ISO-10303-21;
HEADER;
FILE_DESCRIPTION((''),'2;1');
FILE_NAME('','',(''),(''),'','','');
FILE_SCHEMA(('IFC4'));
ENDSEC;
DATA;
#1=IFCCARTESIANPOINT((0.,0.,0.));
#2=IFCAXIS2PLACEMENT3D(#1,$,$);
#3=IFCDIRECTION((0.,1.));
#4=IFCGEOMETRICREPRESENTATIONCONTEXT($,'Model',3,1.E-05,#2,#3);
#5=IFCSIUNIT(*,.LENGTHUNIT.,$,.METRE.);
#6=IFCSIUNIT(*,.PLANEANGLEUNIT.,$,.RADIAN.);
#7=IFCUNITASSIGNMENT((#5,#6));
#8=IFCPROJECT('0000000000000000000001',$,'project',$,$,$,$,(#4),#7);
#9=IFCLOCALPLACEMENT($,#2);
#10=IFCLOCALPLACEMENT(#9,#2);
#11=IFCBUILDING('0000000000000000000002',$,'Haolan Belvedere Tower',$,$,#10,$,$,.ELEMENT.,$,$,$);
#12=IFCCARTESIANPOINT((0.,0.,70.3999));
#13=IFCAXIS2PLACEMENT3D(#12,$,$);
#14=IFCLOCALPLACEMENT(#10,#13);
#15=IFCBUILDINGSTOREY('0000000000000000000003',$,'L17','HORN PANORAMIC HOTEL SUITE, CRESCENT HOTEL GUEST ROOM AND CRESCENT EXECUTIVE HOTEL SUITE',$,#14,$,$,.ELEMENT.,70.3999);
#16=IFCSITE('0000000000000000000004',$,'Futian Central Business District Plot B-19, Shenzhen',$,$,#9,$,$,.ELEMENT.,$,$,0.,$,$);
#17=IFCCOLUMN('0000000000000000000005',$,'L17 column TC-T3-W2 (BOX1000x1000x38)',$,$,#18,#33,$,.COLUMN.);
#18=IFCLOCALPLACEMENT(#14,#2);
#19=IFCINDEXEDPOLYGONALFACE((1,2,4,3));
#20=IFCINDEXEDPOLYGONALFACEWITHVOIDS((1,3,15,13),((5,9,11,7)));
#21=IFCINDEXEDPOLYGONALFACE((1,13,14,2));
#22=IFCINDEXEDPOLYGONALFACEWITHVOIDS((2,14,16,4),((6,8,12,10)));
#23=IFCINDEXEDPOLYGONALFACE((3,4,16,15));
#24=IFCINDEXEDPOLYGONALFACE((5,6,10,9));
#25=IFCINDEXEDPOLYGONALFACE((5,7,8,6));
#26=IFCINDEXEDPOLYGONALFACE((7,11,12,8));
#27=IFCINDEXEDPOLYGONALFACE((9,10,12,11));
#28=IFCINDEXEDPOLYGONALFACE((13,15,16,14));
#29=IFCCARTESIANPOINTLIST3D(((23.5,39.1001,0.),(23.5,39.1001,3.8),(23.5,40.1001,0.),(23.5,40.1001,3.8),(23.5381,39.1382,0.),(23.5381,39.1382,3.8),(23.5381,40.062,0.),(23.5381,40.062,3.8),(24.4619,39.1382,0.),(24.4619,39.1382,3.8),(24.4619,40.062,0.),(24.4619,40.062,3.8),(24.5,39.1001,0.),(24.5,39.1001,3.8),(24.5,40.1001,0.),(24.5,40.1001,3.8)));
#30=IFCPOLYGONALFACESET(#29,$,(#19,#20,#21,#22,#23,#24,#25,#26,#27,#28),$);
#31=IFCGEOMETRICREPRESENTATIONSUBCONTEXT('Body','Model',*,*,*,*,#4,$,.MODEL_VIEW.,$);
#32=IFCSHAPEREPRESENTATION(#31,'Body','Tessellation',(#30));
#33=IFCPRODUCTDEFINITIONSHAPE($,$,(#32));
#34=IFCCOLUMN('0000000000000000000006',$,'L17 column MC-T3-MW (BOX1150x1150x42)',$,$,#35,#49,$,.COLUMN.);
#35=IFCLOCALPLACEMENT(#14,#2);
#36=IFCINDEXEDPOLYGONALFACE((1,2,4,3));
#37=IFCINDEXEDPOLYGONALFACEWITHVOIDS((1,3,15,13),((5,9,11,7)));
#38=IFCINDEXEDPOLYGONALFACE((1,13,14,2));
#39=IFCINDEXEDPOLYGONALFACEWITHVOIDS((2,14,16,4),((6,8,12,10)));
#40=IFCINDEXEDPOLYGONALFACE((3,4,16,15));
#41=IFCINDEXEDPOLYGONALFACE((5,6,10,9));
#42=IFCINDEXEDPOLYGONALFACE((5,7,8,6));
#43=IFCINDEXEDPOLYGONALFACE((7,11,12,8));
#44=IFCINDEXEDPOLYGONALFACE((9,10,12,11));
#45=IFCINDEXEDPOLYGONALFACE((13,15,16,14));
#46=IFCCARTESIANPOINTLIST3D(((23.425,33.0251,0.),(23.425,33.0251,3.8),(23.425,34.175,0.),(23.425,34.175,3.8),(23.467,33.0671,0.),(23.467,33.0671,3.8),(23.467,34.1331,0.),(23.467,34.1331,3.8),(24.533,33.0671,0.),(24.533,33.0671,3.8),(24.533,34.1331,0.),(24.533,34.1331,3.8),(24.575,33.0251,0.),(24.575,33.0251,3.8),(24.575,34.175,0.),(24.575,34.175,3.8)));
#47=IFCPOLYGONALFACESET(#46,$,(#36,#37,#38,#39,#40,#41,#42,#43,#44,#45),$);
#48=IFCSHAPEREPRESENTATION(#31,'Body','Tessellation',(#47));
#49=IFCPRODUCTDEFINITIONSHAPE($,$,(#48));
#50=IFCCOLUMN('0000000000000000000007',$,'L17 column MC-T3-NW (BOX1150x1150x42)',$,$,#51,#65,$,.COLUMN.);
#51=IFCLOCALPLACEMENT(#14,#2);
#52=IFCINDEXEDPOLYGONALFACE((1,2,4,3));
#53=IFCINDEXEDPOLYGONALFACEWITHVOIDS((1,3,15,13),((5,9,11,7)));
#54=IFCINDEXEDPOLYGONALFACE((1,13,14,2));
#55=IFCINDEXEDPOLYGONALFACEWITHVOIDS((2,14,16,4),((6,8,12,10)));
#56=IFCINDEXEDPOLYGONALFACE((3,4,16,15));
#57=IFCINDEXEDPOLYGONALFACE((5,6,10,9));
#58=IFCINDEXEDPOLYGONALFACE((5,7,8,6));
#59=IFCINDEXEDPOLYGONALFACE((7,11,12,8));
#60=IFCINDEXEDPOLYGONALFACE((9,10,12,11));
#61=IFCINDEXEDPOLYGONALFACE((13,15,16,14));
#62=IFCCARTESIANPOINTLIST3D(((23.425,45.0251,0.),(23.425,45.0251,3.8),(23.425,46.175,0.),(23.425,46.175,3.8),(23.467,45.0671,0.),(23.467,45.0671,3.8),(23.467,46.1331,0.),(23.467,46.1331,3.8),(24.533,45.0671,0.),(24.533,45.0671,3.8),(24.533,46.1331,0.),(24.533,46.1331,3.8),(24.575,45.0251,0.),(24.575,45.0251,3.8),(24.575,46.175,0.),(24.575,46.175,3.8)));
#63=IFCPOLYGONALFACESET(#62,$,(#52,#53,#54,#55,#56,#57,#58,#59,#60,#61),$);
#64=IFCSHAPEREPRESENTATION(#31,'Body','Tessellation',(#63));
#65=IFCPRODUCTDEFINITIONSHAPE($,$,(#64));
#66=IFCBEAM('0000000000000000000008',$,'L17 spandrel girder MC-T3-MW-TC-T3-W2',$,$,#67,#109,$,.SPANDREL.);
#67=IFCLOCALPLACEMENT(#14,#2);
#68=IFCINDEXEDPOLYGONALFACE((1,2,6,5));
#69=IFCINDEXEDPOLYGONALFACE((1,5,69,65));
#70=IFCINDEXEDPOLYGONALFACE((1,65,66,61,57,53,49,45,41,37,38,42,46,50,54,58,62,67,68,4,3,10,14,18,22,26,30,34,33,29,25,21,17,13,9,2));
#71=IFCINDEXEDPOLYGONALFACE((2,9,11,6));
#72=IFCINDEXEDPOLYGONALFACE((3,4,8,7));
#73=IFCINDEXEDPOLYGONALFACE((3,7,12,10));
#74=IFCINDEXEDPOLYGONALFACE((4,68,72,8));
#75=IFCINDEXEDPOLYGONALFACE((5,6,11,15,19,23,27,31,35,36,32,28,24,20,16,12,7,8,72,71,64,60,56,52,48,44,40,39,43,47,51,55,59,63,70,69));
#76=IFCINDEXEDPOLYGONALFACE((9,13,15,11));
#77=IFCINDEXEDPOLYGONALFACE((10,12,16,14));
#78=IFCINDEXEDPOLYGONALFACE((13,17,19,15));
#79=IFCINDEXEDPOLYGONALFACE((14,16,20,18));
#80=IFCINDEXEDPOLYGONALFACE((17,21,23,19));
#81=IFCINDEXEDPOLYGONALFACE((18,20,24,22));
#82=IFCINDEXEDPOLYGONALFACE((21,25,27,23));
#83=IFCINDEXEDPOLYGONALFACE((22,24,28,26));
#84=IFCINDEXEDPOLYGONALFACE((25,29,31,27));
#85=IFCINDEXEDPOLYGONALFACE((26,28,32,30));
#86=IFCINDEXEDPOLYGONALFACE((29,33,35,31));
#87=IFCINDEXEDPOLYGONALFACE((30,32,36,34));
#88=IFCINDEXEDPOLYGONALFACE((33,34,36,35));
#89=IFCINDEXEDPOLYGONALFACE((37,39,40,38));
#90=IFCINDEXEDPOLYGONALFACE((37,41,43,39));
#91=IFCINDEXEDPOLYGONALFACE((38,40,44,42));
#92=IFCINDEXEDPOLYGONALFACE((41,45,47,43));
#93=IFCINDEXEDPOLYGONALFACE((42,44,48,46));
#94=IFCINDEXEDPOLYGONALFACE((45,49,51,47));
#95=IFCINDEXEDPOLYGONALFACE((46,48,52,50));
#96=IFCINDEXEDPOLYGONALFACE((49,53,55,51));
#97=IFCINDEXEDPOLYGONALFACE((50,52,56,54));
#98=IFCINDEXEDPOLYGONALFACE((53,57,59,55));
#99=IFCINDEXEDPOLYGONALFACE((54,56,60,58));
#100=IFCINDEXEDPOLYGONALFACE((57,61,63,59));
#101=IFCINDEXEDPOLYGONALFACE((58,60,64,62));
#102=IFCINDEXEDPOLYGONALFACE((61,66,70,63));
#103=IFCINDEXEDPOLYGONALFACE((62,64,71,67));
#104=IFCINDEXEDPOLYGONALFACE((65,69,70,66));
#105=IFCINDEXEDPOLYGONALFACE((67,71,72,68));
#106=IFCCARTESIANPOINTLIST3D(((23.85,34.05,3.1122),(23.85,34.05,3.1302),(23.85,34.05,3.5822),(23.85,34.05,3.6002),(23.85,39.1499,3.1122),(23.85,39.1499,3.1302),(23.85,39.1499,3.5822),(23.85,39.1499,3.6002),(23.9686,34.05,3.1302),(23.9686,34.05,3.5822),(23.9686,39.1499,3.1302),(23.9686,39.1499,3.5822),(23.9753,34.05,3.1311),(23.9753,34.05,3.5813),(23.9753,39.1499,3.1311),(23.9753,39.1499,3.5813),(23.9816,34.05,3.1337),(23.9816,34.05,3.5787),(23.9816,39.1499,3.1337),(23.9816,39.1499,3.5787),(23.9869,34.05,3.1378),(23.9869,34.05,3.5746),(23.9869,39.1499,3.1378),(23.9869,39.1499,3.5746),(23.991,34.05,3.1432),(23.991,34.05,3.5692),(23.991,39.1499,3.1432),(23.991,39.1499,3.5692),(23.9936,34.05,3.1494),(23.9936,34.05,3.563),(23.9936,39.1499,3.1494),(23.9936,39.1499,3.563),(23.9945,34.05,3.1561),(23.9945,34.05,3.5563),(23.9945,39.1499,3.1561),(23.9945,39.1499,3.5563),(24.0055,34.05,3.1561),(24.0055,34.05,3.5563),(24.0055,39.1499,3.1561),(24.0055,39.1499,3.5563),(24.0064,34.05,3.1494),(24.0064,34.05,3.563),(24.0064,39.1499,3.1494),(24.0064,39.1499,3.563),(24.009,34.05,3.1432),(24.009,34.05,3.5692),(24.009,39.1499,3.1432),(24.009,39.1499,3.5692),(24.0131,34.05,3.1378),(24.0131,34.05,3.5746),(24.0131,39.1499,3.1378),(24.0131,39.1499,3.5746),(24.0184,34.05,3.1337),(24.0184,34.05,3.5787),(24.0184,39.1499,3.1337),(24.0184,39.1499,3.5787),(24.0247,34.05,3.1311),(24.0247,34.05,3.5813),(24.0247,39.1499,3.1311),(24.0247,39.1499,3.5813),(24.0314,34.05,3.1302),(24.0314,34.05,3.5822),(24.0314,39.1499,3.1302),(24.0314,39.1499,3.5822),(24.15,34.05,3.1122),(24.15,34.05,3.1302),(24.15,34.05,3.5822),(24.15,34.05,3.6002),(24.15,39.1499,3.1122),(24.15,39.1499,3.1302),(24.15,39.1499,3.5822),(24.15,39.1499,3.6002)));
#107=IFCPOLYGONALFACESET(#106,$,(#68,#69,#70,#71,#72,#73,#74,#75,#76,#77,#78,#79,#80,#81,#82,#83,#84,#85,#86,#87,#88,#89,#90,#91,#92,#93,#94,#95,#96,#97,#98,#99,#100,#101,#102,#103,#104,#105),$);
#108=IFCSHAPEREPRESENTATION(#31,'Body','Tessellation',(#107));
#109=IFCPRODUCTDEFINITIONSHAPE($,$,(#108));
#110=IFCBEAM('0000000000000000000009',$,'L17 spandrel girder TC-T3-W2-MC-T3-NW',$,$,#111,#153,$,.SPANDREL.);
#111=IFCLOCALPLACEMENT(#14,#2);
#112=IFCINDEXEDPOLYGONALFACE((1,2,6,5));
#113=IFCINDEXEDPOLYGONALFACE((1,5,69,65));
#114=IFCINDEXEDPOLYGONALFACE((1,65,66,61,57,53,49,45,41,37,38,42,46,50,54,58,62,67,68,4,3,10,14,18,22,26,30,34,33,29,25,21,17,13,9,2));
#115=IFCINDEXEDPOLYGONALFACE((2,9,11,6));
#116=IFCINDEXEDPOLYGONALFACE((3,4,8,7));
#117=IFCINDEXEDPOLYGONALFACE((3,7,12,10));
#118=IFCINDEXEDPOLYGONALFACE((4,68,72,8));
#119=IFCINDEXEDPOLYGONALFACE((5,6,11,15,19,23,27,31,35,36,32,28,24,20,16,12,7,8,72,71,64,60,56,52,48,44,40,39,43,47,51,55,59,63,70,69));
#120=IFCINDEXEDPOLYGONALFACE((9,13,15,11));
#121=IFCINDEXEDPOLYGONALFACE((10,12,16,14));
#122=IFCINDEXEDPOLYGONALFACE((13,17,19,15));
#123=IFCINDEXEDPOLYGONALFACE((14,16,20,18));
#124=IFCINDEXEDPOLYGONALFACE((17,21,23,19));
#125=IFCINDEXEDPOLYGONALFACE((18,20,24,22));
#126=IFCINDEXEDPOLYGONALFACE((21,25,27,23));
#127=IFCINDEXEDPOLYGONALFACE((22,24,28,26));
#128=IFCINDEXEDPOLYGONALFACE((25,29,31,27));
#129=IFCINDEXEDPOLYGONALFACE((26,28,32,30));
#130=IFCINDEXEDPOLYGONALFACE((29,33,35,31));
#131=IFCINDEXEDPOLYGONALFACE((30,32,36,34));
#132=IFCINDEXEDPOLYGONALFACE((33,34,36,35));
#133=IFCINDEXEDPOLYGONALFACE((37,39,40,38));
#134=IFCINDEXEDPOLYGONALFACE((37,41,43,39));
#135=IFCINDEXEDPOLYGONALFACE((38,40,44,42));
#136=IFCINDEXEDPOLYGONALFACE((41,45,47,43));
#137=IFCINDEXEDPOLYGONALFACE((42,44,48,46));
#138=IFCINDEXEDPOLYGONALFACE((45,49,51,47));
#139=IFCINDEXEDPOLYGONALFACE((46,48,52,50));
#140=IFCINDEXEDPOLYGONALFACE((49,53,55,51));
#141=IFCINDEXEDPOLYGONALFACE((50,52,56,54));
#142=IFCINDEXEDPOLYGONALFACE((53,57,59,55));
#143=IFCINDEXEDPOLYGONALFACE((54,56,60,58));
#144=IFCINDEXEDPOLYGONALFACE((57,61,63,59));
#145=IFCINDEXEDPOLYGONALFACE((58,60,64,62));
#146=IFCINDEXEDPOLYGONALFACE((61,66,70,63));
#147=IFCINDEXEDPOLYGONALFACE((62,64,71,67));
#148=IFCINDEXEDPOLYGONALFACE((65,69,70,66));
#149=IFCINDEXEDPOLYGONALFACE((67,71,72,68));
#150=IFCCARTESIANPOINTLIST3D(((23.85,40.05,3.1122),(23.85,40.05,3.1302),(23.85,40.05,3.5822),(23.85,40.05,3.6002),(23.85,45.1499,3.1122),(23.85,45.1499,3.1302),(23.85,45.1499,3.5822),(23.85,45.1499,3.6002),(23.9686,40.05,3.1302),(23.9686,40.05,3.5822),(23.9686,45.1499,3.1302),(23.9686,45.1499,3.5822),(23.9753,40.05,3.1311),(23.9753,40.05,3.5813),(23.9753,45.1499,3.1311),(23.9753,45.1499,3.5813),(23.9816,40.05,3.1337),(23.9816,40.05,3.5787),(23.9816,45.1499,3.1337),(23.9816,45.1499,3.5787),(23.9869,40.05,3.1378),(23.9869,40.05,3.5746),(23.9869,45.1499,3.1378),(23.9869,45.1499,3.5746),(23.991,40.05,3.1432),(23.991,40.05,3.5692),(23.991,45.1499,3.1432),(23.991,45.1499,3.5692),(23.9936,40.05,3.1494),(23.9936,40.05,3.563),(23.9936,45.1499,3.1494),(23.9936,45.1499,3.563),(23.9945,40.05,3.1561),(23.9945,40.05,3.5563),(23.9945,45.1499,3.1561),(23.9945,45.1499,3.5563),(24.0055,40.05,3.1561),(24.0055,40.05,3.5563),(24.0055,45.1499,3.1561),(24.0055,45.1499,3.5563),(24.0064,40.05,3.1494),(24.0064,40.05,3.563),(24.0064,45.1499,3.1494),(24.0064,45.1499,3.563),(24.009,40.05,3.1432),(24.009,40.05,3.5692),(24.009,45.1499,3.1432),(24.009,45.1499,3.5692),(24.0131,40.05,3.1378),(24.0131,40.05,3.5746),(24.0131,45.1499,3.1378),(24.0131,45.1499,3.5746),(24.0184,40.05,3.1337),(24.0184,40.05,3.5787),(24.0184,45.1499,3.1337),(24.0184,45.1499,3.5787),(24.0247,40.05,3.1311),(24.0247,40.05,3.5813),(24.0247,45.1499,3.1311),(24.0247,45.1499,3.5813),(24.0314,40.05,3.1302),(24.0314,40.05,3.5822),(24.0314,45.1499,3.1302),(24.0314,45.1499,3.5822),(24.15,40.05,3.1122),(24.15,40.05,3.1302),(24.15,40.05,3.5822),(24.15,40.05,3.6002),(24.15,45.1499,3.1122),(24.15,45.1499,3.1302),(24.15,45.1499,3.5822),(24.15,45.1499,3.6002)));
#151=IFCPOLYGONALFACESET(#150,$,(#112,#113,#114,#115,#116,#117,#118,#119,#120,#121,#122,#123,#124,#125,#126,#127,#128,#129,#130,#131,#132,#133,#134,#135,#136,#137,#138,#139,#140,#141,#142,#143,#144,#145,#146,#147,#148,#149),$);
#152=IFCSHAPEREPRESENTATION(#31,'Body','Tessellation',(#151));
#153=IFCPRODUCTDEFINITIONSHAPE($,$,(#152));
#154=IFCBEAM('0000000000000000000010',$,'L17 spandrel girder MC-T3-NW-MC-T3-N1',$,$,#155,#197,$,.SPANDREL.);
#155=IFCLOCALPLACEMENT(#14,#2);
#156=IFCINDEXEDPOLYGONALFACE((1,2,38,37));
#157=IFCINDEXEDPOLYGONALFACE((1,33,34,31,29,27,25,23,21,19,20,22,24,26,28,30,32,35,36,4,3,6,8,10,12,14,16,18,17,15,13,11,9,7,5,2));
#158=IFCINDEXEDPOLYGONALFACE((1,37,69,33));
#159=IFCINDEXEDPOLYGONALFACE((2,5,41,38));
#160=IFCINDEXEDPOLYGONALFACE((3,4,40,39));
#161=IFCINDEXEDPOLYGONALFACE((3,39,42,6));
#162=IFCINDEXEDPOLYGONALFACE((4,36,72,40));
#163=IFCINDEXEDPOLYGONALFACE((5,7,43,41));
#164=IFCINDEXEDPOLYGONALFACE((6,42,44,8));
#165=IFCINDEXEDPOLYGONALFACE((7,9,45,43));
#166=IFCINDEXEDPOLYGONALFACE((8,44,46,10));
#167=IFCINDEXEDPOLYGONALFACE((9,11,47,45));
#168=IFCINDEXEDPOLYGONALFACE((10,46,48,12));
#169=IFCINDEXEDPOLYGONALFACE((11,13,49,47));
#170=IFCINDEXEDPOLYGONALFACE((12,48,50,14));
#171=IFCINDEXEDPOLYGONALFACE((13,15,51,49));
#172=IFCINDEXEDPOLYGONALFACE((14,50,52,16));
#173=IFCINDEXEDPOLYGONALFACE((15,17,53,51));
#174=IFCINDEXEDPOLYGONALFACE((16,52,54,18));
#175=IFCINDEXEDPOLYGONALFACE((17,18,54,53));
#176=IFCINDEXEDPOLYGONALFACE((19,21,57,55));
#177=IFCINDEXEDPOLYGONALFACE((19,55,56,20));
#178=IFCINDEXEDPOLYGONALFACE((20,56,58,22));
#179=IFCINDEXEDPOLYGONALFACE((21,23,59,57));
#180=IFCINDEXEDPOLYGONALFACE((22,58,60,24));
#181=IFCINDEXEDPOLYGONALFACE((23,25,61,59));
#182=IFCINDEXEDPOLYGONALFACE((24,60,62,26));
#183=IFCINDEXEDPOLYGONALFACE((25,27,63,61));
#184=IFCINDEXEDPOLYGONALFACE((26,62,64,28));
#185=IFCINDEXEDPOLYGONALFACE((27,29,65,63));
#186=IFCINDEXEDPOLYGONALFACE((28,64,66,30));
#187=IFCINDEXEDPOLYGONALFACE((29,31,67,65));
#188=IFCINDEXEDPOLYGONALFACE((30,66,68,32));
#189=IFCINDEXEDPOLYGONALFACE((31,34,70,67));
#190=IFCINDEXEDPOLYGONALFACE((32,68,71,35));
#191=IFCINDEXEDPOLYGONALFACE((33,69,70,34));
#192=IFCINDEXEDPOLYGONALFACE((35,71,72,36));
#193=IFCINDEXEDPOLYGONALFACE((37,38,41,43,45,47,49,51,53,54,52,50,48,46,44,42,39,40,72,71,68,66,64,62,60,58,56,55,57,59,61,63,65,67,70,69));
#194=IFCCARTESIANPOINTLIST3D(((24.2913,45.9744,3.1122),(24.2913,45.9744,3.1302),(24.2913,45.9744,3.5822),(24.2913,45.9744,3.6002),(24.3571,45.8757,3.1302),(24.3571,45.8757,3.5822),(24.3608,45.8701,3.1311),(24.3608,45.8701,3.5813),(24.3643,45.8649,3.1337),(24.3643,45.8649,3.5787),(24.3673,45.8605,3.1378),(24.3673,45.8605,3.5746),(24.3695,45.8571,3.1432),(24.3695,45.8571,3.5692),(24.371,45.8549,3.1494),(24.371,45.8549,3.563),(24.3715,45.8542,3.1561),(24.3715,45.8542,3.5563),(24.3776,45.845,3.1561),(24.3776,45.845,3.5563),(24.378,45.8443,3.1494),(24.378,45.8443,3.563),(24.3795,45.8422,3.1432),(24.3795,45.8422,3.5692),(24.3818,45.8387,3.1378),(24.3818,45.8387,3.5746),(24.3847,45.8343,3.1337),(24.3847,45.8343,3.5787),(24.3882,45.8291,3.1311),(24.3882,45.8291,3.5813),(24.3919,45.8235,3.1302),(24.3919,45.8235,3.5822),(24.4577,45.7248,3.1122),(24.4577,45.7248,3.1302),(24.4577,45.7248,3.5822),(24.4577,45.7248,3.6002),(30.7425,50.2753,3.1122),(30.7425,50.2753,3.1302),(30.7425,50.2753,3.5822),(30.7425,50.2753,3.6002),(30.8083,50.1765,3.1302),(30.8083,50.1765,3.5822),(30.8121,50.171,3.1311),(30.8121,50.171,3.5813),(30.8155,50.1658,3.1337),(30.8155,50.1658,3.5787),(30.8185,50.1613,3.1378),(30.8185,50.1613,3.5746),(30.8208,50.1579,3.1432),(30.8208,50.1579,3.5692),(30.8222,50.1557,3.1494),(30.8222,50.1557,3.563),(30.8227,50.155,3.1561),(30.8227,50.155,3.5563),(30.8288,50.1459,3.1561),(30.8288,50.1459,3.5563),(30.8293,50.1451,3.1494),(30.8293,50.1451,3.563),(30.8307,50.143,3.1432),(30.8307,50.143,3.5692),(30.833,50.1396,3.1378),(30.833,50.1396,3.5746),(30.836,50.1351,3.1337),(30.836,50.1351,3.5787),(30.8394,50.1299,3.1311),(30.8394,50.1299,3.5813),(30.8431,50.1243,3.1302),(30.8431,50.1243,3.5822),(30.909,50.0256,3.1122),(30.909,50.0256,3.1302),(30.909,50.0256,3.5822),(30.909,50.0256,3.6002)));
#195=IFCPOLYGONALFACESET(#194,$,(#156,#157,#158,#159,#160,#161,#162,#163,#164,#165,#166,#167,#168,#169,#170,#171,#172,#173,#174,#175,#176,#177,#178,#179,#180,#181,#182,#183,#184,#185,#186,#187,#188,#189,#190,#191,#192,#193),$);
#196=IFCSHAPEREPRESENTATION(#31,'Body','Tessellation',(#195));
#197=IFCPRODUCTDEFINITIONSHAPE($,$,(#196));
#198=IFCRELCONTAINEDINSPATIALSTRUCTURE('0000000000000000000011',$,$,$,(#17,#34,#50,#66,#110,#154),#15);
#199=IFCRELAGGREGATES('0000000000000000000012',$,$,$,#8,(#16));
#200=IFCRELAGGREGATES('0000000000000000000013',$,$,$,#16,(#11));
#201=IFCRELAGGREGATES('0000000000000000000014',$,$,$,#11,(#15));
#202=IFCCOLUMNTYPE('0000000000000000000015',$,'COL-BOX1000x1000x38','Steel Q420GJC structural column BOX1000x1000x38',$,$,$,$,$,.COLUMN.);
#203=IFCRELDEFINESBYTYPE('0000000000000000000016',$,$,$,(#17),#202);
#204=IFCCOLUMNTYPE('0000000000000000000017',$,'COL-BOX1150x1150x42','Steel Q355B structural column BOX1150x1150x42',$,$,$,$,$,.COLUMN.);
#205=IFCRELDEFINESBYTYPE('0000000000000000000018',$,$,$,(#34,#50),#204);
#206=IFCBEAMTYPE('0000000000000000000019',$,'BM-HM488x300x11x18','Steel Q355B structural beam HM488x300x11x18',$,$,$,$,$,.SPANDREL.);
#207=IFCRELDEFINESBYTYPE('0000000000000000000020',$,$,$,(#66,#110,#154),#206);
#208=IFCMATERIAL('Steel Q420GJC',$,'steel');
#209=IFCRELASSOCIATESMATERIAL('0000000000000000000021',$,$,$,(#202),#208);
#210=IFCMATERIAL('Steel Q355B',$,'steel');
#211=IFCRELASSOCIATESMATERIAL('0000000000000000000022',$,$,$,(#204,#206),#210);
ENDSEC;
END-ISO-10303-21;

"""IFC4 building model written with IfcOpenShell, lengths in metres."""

from ifc_helpers import new_model, si_unit, direction, frame, origin, origin_2d, place, context, subcontext, project, spatial, hollow_rectangle, i_section, extrude, material, material_profile, profile_set, type_object, element, save


model = new_model("IFC4")

# Units and contexts
model_context = context("Model", 3, precision=1e-05, world=origin(), true_north=direction((0.0, 1.0)))
body_context = subcontext(model_context, "Body", "Model", "MODEL_VIEW")
ifc_project = project(units=[si_unit("LENGTHUNIT", "METRE"), si_unit("PLANEANGLEUNIT", "RADIAN")], contexts=[model_context])

# Site, building, storey
site_placement = place(None, origin())
site = spatial("IfcSite", under=ifc_project, at=site_placement, Name="Futian Central Business District Plot B-19, Shenzhen", CompositionType="ELEMENT", RefElevation=0.0)
building_placement = place(site_placement, origin())
building = spatial("IfcBuilding", under=site, at=building_placement, Name="Haolan Belvedere Tower", CompositionType="ELEMENT")
storey_placement = place(building_placement, frame((0.0, 0.0, 70.3999)))
storey = spatial("IfcBuildingStorey", under=building, at=storey_placement, Name="L17", Description="HORN PANORAMIC HOTEL SUITE, CRESCENT HOTEL GUEST ROOM AND CRESCENT EXECUTIVE HOTEL SUITE", CompositionType="ELEMENT", Elevation=70.3999)

# Columns
ifc_material_1 = material(Name="Steel Q420GJC", Category="steel")
ifc_material_profile_1 = material_profile(ifc_material_1, hollow_rectangle(XDim=1.0, YDim=1.0, WallThickness=0.0381, at=origin_2d()), Name="Steel Q420GJC")
ifc_profile_set_1 = profile_set([ifc_material_profile_1], Name="Steel Q420GJC")
column_type_1 = type_object("IfcColumnType", Name="COL-BOX1000x1000x38", Description="Steel Q420GJC structural column BOX1000x1000x38", PredefinedType="COLUMN", material=ifc_profile_set_1)
column_placement = place(storey_placement, frame((24.0, 39.6001, 0.0), z_axis=(0.0, 0.0, 1.0), x_axis=(1.0, 0.0, 0.0)))
element("IfcColumn", 1, at=column_placement, inside=storey, type_object=column_type_1, Name="L17 column TC-T3-W2 (BOX1000x1000x38)", PredefinedType="COLUMN", context=body_context, shape_type="SweptSolid", body=[
    extrude(hollow_rectangle(XDim=1.0, YDim=1.0, WallThickness=0.0381, at=origin_2d()), origin(), (0.0, 0.0, 1.0), 3.8),
])
ifc_material_2 = material(Name="Steel Q355B", Category="steel")
ifc_material_profile_2 = material_profile(ifc_material_2, hollow_rectangle(XDim=1.1499, YDim=1.1499, WallThickness=0.042, at=origin_2d()), Name="Steel Q355B")
ifc_profile_set_2 = profile_set([ifc_material_profile_2], Name="Steel Q355B")
column_type_2 = type_object("IfcColumnType", Name="COL-BOX1150x1150x42", Description="Steel Q355B structural column BOX1150x1150x42", PredefinedType="COLUMN", material=ifc_profile_set_2)
for number, where, z_axis, x_axis, name in (
    (2, (24.0, 33.6001, 0.0), (0.0, 0.0, 1.0), (1.0, 0.0, 0.0), "L17 column MC-T3-MW (BOX1150x1150x42)"),
    (3, (24.0, 45.6001, 0.0), (0.0, 0.0, 1.0), (1.0, 0.0, 0.0), "L17 column MC-T3-NW (BOX1150x1150x42)"),
):
    element("IfcColumn", number, at=place(storey_placement, frame(where, z_axis=z_axis, x_axis=x_axis)), inside=storey, type_object=column_type_2, Name=name, PredefinedType="COLUMN", context=body_context, shape_type="SweptSolid", body=[
        extrude(hollow_rectangle(XDim=1.1499, YDim=1.1499, WallThickness=0.042, at=origin_2d()), origin(), (0.0, 0.0, 1.0), 3.8),
    ])

# Beams
ifc_material_profile_3 = material_profile(ifc_material_2, i_section(OverallWidth=0.3, OverallDepth=0.488, WebThickness=0.011, FlangeThickness=0.0181, FilletRadius=0.0259, at=origin_2d()), Name="Steel Q355B")
ifc_profile_set_3 = profile_set([ifc_material_profile_3], Name="Steel Q355B")
beam_type_1 = type_object("IfcBeamType", Name="BM-HM488x300x11x18", Description="Steel Q355B structural beam HM488x300x11x18", PredefinedType="SPANDREL", material=ifc_profile_set_3)
for number, where, z_axis, x_axis, name in (
    (4, (24.0, 34.05, 3.3562), (0.0, 1.0, 0.0), (-1.0, 0.0, 0.0), "L17 spandrel girder MC-T3-MW-TC-T3-W2"),
    (5, (24.0, 40.05, 3.3562), (0.0, 1.0, 0.0), (-1.0, 0.0, 0.0), "L17 spandrel girder TC-T3-W2-MC-T3-NW"),
):
    element("IfcBeam", number, at=place(storey_placement, frame(where, z_axis=z_axis, x_axis=x_axis)), inside=storey, type_object=beam_type_1, Name=name, PredefinedType="SPANDREL", context=body_context, shape_type="SweptSolid", body=[
        extrude(i_section(OverallWidth=0.3, OverallDepth=0.488, WebThickness=0.011, FlangeThickness=0.0181, FilletRadius=0.0259, at=origin_2d()), origin(), (0.0, 0.0, 1.0), 5.0999),
    ])
beam_placement = place(storey_placement, frame((24.3745, 45.8496, 3.3562), z_axis=(0.83205, 0.5547, 0.0), x_axis=(-0.5547, 0.83205, 0.0)))
element("IfcBeam", 6, at=beam_placement, inside=storey, type_object=beam_type_1, Name="L17 spandrel girder MC-T3-NW-MC-T3-N1", PredefinedType="SPANDREL", context=body_context, shape_type="SweptSolid", body=[
    extrude(i_section(OverallWidth=0.3, OverallDepth=0.488, WebThickness=0.011, FlangeThickness=0.0181, FilletRadius=0.0259, at=origin_2d()), origin(), (0.0, 0.0, 1.0), 7.7534),
])

save(model, "model.ifc")
